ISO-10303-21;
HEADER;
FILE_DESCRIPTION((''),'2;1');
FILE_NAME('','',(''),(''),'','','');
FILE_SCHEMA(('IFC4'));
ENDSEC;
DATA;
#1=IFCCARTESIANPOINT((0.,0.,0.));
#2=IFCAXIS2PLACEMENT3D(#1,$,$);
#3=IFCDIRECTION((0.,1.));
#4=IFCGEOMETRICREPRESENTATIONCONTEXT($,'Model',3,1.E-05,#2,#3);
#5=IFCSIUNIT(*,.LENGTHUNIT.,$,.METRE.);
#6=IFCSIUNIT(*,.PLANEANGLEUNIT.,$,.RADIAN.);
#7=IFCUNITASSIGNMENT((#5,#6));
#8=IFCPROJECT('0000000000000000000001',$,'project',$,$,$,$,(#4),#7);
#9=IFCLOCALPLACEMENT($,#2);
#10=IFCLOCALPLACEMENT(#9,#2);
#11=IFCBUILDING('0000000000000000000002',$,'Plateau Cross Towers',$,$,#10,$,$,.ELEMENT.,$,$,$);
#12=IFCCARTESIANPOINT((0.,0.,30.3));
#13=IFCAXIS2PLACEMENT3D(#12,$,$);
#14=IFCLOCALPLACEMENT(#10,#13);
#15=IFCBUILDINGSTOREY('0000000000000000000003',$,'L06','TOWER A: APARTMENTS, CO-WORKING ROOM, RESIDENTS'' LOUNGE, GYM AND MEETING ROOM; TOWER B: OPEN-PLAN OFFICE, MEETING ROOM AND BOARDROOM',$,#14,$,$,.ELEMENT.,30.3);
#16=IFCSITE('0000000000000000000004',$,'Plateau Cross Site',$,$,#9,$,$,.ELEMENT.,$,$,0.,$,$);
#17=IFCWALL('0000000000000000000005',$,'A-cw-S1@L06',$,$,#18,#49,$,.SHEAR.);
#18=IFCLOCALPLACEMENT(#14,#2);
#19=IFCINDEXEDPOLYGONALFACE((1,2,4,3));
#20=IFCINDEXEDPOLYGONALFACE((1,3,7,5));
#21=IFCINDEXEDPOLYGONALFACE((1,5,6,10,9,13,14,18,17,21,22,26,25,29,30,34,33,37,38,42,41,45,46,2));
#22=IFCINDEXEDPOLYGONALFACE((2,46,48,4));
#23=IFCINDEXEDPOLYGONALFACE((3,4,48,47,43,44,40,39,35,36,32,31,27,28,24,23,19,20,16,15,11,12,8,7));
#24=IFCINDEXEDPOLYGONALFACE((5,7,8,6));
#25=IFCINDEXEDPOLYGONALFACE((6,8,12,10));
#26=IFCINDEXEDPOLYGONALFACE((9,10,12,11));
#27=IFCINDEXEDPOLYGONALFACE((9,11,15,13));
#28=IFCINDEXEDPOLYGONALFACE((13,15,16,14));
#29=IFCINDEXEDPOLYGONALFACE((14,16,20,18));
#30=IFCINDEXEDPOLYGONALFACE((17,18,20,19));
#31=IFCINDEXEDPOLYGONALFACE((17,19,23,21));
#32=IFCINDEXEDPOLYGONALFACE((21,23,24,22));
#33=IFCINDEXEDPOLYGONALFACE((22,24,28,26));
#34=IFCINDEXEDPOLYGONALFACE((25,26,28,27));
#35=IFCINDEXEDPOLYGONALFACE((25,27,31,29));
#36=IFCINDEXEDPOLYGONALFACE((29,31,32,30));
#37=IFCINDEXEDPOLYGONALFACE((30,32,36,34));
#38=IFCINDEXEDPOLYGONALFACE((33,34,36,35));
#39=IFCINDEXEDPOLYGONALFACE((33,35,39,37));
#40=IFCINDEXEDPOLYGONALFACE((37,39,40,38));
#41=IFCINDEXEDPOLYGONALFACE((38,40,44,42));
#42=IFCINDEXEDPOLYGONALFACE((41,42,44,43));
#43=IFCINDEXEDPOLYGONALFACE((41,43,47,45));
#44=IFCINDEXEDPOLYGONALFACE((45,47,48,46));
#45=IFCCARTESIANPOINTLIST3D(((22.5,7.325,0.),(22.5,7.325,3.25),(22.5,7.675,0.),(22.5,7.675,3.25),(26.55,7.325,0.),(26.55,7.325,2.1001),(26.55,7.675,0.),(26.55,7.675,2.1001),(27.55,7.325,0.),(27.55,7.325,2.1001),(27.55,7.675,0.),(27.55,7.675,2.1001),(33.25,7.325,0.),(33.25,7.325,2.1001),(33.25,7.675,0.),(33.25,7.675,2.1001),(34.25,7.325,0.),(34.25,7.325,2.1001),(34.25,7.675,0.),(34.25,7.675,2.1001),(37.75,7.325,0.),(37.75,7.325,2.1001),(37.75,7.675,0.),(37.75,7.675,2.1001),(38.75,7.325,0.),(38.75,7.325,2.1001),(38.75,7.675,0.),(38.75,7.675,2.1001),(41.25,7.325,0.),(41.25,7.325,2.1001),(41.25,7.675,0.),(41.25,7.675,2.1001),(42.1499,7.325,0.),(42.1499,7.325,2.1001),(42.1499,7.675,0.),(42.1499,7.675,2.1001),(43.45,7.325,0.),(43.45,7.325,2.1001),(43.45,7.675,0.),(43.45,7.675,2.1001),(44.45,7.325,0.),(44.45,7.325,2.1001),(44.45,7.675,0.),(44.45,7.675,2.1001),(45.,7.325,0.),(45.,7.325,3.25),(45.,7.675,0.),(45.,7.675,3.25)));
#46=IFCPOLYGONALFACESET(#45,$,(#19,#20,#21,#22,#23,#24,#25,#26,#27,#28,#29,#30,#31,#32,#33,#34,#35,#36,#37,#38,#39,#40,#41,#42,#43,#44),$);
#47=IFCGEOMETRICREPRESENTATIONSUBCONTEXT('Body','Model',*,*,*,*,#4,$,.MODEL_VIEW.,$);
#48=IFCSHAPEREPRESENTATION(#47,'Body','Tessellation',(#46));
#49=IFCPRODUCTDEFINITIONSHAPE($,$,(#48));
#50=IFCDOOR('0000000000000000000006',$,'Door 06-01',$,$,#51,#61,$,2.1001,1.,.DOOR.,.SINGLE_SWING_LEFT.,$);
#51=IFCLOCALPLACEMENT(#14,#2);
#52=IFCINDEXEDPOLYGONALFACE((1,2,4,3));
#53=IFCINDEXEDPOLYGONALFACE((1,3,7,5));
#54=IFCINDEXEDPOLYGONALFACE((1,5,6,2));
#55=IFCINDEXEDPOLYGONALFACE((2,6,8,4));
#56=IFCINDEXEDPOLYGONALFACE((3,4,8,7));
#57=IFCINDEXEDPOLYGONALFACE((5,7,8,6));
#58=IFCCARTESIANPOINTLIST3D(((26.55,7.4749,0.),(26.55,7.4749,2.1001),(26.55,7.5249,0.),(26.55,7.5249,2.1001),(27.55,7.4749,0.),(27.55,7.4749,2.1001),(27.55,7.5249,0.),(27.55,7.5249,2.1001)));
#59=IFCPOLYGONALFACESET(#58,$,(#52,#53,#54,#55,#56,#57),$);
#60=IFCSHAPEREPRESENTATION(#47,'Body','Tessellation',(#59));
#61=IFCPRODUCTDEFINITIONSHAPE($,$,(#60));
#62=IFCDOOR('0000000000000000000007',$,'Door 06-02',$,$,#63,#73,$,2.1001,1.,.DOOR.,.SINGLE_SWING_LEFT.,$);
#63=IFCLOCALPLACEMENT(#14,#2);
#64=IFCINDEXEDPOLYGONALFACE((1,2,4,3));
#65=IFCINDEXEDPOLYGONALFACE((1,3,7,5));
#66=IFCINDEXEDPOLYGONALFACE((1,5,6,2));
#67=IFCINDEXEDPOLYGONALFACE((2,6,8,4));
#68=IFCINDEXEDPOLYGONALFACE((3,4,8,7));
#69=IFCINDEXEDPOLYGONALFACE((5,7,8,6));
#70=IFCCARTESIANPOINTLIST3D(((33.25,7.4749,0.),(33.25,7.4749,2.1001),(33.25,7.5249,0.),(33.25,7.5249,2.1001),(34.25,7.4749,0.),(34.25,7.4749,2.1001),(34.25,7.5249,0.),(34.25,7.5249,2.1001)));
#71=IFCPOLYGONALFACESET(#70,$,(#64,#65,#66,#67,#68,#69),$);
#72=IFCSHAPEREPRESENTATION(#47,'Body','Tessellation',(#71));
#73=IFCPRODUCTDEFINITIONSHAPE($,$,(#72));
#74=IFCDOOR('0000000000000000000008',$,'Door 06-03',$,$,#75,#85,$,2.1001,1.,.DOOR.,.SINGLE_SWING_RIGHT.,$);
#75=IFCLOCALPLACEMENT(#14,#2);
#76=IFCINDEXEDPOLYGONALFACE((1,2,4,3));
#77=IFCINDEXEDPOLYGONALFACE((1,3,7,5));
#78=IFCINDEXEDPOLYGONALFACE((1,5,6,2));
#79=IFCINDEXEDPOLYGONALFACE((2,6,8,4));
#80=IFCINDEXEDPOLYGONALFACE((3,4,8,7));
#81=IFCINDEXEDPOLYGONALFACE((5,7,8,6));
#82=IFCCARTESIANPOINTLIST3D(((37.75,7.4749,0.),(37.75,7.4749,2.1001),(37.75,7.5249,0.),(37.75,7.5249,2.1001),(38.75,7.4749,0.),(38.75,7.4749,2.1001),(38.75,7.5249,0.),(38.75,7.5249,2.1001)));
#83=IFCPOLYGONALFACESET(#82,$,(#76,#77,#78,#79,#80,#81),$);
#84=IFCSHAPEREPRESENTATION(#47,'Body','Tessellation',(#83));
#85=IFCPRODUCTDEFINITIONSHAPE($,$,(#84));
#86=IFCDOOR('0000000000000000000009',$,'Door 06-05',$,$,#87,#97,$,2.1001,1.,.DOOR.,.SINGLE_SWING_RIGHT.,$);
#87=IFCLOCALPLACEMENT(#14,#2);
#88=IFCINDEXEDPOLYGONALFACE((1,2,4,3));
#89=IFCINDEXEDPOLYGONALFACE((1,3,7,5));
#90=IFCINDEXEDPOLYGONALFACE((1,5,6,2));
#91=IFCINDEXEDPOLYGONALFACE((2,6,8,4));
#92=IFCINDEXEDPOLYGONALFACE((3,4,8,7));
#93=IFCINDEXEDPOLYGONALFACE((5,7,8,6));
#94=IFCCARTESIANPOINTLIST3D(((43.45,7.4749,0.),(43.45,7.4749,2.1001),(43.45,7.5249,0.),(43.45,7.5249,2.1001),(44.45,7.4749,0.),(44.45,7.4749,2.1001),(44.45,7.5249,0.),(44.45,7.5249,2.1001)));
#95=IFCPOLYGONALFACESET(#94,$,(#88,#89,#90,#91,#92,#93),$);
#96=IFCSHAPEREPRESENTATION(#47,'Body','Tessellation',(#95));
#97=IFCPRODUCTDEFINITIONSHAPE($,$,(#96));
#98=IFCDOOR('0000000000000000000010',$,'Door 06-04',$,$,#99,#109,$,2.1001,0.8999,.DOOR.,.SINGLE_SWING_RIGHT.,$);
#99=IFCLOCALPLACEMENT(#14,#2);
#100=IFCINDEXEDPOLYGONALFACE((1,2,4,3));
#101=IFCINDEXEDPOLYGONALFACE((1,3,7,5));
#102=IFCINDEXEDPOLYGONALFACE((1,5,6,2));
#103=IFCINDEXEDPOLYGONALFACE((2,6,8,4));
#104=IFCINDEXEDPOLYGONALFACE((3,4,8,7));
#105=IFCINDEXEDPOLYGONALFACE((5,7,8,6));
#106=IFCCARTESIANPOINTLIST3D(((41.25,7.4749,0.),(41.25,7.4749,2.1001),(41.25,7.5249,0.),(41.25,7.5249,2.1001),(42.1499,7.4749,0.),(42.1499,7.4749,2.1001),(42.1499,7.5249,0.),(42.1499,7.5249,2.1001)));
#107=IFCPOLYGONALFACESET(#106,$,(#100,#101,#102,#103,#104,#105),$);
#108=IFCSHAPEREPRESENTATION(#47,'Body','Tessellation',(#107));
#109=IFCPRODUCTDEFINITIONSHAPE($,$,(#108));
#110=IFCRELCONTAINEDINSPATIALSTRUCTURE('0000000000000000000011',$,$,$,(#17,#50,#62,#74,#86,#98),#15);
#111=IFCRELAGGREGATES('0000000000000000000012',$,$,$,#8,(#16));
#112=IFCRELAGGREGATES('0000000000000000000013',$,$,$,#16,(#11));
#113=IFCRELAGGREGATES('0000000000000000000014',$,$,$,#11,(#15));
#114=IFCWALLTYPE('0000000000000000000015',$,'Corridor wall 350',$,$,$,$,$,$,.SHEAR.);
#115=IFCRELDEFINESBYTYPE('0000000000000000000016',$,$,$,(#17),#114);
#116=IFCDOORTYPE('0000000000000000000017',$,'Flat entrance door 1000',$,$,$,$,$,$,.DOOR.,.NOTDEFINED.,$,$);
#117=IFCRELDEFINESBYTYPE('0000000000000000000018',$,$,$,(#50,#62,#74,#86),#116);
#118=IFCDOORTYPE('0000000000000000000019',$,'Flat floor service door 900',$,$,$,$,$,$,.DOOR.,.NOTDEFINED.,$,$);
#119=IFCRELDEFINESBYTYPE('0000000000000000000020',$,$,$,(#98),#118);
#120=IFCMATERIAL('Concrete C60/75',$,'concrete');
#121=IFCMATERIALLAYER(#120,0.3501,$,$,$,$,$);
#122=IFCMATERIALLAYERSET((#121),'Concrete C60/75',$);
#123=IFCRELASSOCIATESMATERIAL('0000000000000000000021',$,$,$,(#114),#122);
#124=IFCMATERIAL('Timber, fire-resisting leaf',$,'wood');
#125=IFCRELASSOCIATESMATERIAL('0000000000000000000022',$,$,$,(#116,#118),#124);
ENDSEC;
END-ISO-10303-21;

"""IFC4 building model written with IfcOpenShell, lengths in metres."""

from ifc_helpers import new_model, si_unit, direction, frame, frame_2d, origin, place, context, subcontext, project, spatial, rectangle, extrude, material, layer, layer_set, type_object, element, fill, save


model = new_model("IFC4")

# Units and contexts
model_context = context("Model", 3, precision=1e-05, world=origin(), true_north=direction((0.0, 1.0)))
body_context = subcontext(model_context, "Body", "Model", "MODEL_VIEW")
ifc_project = project(units=[si_unit("LENGTHUNIT", "METRE"), si_unit("PLANEANGLEUNIT", "RADIAN")], contexts=[model_context])

# Site, building, storey
site_placement = place(None, origin())
site = spatial("IfcSite", under=ifc_project, at=site_placement, Name="Plateau Cross Site", CompositionType="ELEMENT", RefElevation=0.0)
building_placement = place(site_placement, origin())
building = spatial("IfcBuilding", under=site, at=building_placement, Name="Plateau Cross Towers", CompositionType="ELEMENT")
storey_placement = place(building_placement, frame((0.0, 0.0, 30.3)))
storey = spatial("IfcBuildingStorey", under=building, at=storey_placement, Name="L06", Description="TOWER A: APARTMENTS, CO-WORKING ROOM, RESIDENTS' LOUNGE, GYM AND MEETING ROOM; TOWER B: OPEN-PLAN OFFICE, MEETING ROOM AND BOARDROOM", CompositionType="ELEMENT", Elevation=30.3)

# Wall, openings, doors
ifc_material_1 = material(Name="Concrete C60/75", Category="concrete")
ifc_layer_1 = layer(ifc_material_1, 0.3501)
ifc_layer_set_1 = layer_set([ifc_layer_1], Name="Concrete C60/75")
wall_type_1 = type_object("IfcWallType", Name="Corridor wall 350", PredefinedType="SHEAR", material=ifc_layer_set_1)
wall_1_placement = place(storey_placement, frame((22.5, 7.5, 0.0), z_axis=(0.0, 0.0, 1.0), x_axis=(1.0, 0.0, 0.0)))
wall_1 = element("IfcWall", 1, at=wall_1_placement, inside=storey, type_object=wall_type_1, Name="A-cw-S1@L06", PredefinedType="SHEAR", context=body_context, shape_type="SweptSolid", body=[
    extrude(rectangle(XDim=22.5, YDim=0.3501, at=frame_2d((11.25, 0.0))), origin(), (0.0, 0.0, 1.0), 3.25),
])
opening_1_placement = place(wall_1_placement, frame((4.05, 0.0, 0.0)))
opening_1 = element("IfcOpeningElement", 2, at=opening_1_placement, cuts=wall_1, PredefinedType="OPENING", context=body_context, shape_type="SweptSolid", body=[
    extrude(rectangle(XDim=1.0, YDim=2.1001, at=frame_2d((0.5, 1.05))), frame((0.0, 0.1851, 0.0), z_axis=(0.0, -1.0, 0.0), x_axis=(1.0, 0.0, 0.0)), (0.0, 0.0, 1.0), 0.3701),
])
opening_2_placement = place(wall_1_placement, frame((10.75, 0.0, 0.0)))
opening_2 = element("IfcOpeningElement", 3, at=opening_2_placement, cuts=wall_1, PredefinedType="OPENING", context=body_context, shape_type="SweptSolid", body=[
    extrude(rectangle(XDim=1.0, YDim=2.1001, at=frame_2d((0.5, 1.05))), frame((0.0, 0.1851, 0.0), z_axis=(0.0, -1.0, 0.0), x_axis=(1.0, 0.0, 0.0)), (0.0, 0.0, 1.0), 0.3701),
])
opening_3_placement = place(wall_1_placement, frame((15.25, 0.0, 0.0)))
opening_3 = element("IfcOpeningElement", 4, at=opening_3_placement, cuts=wall_1, PredefinedType="OPENING", context=body_context, shape_type="SweptSolid", body=[
    extrude(rectangle(XDim=1.0, YDim=2.1001, at=frame_2d((0.5, 1.05))), frame((0.0, 0.1851, 0.0), z_axis=(0.0, -1.0, 0.0), x_axis=(1.0, 0.0, 0.0)), (0.0, 0.0, 1.0), 0.3701),
])
opening_4_placement = place(wall_1_placement, frame((18.75, 0.0, 0.0)))
opening_4 = element("IfcOpeningElement", 5, at=opening_4_placement, cuts=wall_1, PredefinedType="OPENING", context=body_context, shape_type="SweptSolid", body=[
    extrude(rectangle(XDim=0.8999, YDim=2.1001, at=frame_2d((0.45, 1.05))), frame((0.0, 0.1851, 0.0), z_axis=(0.0, -1.0, 0.0), x_axis=(1.0, 0.0, 0.0)), (0.0, 0.0, 1.0), 0.3701),
])
opening_5_placement = place(wall_1_placement, frame((20.95, 0.0, 0.0)))
opening_5 = element("IfcOpeningElement", 6, at=opening_5_placement, cuts=wall_1, PredefinedType="OPENING", context=body_context, shape_type="SweptSolid", body=[
    extrude(rectangle(XDim=1.0, YDim=2.1001, at=frame_2d((0.5, 1.05))), frame((0.0, 0.1851, 0.0), z_axis=(0.0, -1.0, 0.0), x_axis=(1.0, 0.0, 0.0)), (0.0, 0.0, 1.0), 0.3701),
])
ifc_material_2 = material(Name="Timber, fire-resisting leaf", Category="wood")
door_type_1 = type_object("IfcDoorType", Name="Flat entrance door 1000", OperationType="NOTDEFINED", PredefinedType="DOOR", material=ifc_material_2)
door_1_placement = place(opening_1_placement, origin())
door_1 = element("IfcDoor", 7, at=door_1_placement, inside=storey, type_object=door_type_1, Name="Door 06-01", OperationType="SINGLE_SWING_LEFT", OverallHeight=2.1001, OverallWidth=1.0, PredefinedType="DOOR", context=body_context, shape_type="SweptSolid", body=[
    extrude(rectangle(XDim=1.0, YDim=2.1001, at=frame_2d((0.5, 1.05))), frame((0.0, 0.0249, 0.0), z_axis=(0.0, -1.0, 0.0), x_axis=(1.0, 0.0, 0.0)), (0.0, 0.0, 1.0), 0.05),
])
fill(opening_1, door_1)
door_2_placement = place(opening_2_placement, origin())
door_2 = element("IfcDoor", 8, at=door_2_placement, inside=storey, type_object=door_type_1, Name="Door 06-02", OperationType="SINGLE_SWING_LEFT", OverallHeight=2.1001, OverallWidth=1.0, PredefinedType="DOOR", context=body_context, shape_type="SweptSolid", body=[
    extrude(rectangle(XDim=1.0, YDim=2.1001, at=frame_2d((0.5, 1.05))), frame((0.0, 0.0249, 0.0), z_axis=(0.0, -1.0, 0.0), x_axis=(1.0, 0.0, 0.0)), (0.0, 0.0, 1.0), 0.05),
])
fill(opening_2, door_2)
door_3_placement = place(opening_3_placement, origin())
door_3 = element("IfcDoor", 9, at=door_3_placement, inside=storey, type_object=door_type_1, Name="Door 06-03", OperationType="SINGLE_SWING_RIGHT", OverallHeight=2.1001, OverallWidth=1.0, PredefinedType="DOOR", context=body_context, shape_type="SweptSolid", body=[
    extrude(rectangle(XDim=1.0, YDim=2.1001, at=frame_2d((0.5, 1.05))), frame((0.0, 0.0249, 0.0), z_axis=(0.0, -1.0, 0.0), x_axis=(1.0, 0.0, 0.0)), (0.0, 0.0, 1.0), 0.05),
])
fill(opening_3, door_3)
door_4_placement = place(opening_5_placement, origin())
door_4 = element("IfcDoor", 10, at=door_4_placement, inside=storey, type_object=door_type_1, Name="Door 06-05", OperationType="SINGLE_SWING_RIGHT", OverallHeight=2.1001, OverallWidth=1.0, PredefinedType="DOOR", context=body_context, shape_type="SweptSolid", body=[
    extrude(rectangle(XDim=1.0, YDim=2.1001, at=frame_2d((0.5, 1.05))), frame((0.0, 0.0249, 0.0), z_axis=(0.0, -1.0, 0.0), x_axis=(1.0, 0.0, 0.0)), (0.0, 0.0, 1.0), 0.05),
])
fill(opening_5, door_4)
door_type_2 = type_object("IfcDoorType", Name="Flat floor service door 900", OperationType="NOTDEFINED", PredefinedType="DOOR", material=ifc_material_2)
door_5_placement = place(opening_4_placement, origin())
door_5 = element("IfcDoor", 11, at=door_5_placement, inside=storey, type_object=door_type_2, Name="Door 06-04", OperationType="SINGLE_SWING_RIGHT", OverallHeight=2.1001, OverallWidth=0.8999, PredefinedType="DOOR", context=body_context, shape_type="SweptSolid", body=[
    extrude(rectangle(XDim=0.8999, YDim=2.1001, at=frame_2d((0.45, 1.05))), frame((0.0, 0.0249, 0.0), z_axis=(0.0, -1.0, 0.0), x_axis=(1.0, 0.0, 0.0)), (0.0, 0.0, 1.0), 0.05),
])
fill(opening_4, door_5)

save(model, "model.ifc")
